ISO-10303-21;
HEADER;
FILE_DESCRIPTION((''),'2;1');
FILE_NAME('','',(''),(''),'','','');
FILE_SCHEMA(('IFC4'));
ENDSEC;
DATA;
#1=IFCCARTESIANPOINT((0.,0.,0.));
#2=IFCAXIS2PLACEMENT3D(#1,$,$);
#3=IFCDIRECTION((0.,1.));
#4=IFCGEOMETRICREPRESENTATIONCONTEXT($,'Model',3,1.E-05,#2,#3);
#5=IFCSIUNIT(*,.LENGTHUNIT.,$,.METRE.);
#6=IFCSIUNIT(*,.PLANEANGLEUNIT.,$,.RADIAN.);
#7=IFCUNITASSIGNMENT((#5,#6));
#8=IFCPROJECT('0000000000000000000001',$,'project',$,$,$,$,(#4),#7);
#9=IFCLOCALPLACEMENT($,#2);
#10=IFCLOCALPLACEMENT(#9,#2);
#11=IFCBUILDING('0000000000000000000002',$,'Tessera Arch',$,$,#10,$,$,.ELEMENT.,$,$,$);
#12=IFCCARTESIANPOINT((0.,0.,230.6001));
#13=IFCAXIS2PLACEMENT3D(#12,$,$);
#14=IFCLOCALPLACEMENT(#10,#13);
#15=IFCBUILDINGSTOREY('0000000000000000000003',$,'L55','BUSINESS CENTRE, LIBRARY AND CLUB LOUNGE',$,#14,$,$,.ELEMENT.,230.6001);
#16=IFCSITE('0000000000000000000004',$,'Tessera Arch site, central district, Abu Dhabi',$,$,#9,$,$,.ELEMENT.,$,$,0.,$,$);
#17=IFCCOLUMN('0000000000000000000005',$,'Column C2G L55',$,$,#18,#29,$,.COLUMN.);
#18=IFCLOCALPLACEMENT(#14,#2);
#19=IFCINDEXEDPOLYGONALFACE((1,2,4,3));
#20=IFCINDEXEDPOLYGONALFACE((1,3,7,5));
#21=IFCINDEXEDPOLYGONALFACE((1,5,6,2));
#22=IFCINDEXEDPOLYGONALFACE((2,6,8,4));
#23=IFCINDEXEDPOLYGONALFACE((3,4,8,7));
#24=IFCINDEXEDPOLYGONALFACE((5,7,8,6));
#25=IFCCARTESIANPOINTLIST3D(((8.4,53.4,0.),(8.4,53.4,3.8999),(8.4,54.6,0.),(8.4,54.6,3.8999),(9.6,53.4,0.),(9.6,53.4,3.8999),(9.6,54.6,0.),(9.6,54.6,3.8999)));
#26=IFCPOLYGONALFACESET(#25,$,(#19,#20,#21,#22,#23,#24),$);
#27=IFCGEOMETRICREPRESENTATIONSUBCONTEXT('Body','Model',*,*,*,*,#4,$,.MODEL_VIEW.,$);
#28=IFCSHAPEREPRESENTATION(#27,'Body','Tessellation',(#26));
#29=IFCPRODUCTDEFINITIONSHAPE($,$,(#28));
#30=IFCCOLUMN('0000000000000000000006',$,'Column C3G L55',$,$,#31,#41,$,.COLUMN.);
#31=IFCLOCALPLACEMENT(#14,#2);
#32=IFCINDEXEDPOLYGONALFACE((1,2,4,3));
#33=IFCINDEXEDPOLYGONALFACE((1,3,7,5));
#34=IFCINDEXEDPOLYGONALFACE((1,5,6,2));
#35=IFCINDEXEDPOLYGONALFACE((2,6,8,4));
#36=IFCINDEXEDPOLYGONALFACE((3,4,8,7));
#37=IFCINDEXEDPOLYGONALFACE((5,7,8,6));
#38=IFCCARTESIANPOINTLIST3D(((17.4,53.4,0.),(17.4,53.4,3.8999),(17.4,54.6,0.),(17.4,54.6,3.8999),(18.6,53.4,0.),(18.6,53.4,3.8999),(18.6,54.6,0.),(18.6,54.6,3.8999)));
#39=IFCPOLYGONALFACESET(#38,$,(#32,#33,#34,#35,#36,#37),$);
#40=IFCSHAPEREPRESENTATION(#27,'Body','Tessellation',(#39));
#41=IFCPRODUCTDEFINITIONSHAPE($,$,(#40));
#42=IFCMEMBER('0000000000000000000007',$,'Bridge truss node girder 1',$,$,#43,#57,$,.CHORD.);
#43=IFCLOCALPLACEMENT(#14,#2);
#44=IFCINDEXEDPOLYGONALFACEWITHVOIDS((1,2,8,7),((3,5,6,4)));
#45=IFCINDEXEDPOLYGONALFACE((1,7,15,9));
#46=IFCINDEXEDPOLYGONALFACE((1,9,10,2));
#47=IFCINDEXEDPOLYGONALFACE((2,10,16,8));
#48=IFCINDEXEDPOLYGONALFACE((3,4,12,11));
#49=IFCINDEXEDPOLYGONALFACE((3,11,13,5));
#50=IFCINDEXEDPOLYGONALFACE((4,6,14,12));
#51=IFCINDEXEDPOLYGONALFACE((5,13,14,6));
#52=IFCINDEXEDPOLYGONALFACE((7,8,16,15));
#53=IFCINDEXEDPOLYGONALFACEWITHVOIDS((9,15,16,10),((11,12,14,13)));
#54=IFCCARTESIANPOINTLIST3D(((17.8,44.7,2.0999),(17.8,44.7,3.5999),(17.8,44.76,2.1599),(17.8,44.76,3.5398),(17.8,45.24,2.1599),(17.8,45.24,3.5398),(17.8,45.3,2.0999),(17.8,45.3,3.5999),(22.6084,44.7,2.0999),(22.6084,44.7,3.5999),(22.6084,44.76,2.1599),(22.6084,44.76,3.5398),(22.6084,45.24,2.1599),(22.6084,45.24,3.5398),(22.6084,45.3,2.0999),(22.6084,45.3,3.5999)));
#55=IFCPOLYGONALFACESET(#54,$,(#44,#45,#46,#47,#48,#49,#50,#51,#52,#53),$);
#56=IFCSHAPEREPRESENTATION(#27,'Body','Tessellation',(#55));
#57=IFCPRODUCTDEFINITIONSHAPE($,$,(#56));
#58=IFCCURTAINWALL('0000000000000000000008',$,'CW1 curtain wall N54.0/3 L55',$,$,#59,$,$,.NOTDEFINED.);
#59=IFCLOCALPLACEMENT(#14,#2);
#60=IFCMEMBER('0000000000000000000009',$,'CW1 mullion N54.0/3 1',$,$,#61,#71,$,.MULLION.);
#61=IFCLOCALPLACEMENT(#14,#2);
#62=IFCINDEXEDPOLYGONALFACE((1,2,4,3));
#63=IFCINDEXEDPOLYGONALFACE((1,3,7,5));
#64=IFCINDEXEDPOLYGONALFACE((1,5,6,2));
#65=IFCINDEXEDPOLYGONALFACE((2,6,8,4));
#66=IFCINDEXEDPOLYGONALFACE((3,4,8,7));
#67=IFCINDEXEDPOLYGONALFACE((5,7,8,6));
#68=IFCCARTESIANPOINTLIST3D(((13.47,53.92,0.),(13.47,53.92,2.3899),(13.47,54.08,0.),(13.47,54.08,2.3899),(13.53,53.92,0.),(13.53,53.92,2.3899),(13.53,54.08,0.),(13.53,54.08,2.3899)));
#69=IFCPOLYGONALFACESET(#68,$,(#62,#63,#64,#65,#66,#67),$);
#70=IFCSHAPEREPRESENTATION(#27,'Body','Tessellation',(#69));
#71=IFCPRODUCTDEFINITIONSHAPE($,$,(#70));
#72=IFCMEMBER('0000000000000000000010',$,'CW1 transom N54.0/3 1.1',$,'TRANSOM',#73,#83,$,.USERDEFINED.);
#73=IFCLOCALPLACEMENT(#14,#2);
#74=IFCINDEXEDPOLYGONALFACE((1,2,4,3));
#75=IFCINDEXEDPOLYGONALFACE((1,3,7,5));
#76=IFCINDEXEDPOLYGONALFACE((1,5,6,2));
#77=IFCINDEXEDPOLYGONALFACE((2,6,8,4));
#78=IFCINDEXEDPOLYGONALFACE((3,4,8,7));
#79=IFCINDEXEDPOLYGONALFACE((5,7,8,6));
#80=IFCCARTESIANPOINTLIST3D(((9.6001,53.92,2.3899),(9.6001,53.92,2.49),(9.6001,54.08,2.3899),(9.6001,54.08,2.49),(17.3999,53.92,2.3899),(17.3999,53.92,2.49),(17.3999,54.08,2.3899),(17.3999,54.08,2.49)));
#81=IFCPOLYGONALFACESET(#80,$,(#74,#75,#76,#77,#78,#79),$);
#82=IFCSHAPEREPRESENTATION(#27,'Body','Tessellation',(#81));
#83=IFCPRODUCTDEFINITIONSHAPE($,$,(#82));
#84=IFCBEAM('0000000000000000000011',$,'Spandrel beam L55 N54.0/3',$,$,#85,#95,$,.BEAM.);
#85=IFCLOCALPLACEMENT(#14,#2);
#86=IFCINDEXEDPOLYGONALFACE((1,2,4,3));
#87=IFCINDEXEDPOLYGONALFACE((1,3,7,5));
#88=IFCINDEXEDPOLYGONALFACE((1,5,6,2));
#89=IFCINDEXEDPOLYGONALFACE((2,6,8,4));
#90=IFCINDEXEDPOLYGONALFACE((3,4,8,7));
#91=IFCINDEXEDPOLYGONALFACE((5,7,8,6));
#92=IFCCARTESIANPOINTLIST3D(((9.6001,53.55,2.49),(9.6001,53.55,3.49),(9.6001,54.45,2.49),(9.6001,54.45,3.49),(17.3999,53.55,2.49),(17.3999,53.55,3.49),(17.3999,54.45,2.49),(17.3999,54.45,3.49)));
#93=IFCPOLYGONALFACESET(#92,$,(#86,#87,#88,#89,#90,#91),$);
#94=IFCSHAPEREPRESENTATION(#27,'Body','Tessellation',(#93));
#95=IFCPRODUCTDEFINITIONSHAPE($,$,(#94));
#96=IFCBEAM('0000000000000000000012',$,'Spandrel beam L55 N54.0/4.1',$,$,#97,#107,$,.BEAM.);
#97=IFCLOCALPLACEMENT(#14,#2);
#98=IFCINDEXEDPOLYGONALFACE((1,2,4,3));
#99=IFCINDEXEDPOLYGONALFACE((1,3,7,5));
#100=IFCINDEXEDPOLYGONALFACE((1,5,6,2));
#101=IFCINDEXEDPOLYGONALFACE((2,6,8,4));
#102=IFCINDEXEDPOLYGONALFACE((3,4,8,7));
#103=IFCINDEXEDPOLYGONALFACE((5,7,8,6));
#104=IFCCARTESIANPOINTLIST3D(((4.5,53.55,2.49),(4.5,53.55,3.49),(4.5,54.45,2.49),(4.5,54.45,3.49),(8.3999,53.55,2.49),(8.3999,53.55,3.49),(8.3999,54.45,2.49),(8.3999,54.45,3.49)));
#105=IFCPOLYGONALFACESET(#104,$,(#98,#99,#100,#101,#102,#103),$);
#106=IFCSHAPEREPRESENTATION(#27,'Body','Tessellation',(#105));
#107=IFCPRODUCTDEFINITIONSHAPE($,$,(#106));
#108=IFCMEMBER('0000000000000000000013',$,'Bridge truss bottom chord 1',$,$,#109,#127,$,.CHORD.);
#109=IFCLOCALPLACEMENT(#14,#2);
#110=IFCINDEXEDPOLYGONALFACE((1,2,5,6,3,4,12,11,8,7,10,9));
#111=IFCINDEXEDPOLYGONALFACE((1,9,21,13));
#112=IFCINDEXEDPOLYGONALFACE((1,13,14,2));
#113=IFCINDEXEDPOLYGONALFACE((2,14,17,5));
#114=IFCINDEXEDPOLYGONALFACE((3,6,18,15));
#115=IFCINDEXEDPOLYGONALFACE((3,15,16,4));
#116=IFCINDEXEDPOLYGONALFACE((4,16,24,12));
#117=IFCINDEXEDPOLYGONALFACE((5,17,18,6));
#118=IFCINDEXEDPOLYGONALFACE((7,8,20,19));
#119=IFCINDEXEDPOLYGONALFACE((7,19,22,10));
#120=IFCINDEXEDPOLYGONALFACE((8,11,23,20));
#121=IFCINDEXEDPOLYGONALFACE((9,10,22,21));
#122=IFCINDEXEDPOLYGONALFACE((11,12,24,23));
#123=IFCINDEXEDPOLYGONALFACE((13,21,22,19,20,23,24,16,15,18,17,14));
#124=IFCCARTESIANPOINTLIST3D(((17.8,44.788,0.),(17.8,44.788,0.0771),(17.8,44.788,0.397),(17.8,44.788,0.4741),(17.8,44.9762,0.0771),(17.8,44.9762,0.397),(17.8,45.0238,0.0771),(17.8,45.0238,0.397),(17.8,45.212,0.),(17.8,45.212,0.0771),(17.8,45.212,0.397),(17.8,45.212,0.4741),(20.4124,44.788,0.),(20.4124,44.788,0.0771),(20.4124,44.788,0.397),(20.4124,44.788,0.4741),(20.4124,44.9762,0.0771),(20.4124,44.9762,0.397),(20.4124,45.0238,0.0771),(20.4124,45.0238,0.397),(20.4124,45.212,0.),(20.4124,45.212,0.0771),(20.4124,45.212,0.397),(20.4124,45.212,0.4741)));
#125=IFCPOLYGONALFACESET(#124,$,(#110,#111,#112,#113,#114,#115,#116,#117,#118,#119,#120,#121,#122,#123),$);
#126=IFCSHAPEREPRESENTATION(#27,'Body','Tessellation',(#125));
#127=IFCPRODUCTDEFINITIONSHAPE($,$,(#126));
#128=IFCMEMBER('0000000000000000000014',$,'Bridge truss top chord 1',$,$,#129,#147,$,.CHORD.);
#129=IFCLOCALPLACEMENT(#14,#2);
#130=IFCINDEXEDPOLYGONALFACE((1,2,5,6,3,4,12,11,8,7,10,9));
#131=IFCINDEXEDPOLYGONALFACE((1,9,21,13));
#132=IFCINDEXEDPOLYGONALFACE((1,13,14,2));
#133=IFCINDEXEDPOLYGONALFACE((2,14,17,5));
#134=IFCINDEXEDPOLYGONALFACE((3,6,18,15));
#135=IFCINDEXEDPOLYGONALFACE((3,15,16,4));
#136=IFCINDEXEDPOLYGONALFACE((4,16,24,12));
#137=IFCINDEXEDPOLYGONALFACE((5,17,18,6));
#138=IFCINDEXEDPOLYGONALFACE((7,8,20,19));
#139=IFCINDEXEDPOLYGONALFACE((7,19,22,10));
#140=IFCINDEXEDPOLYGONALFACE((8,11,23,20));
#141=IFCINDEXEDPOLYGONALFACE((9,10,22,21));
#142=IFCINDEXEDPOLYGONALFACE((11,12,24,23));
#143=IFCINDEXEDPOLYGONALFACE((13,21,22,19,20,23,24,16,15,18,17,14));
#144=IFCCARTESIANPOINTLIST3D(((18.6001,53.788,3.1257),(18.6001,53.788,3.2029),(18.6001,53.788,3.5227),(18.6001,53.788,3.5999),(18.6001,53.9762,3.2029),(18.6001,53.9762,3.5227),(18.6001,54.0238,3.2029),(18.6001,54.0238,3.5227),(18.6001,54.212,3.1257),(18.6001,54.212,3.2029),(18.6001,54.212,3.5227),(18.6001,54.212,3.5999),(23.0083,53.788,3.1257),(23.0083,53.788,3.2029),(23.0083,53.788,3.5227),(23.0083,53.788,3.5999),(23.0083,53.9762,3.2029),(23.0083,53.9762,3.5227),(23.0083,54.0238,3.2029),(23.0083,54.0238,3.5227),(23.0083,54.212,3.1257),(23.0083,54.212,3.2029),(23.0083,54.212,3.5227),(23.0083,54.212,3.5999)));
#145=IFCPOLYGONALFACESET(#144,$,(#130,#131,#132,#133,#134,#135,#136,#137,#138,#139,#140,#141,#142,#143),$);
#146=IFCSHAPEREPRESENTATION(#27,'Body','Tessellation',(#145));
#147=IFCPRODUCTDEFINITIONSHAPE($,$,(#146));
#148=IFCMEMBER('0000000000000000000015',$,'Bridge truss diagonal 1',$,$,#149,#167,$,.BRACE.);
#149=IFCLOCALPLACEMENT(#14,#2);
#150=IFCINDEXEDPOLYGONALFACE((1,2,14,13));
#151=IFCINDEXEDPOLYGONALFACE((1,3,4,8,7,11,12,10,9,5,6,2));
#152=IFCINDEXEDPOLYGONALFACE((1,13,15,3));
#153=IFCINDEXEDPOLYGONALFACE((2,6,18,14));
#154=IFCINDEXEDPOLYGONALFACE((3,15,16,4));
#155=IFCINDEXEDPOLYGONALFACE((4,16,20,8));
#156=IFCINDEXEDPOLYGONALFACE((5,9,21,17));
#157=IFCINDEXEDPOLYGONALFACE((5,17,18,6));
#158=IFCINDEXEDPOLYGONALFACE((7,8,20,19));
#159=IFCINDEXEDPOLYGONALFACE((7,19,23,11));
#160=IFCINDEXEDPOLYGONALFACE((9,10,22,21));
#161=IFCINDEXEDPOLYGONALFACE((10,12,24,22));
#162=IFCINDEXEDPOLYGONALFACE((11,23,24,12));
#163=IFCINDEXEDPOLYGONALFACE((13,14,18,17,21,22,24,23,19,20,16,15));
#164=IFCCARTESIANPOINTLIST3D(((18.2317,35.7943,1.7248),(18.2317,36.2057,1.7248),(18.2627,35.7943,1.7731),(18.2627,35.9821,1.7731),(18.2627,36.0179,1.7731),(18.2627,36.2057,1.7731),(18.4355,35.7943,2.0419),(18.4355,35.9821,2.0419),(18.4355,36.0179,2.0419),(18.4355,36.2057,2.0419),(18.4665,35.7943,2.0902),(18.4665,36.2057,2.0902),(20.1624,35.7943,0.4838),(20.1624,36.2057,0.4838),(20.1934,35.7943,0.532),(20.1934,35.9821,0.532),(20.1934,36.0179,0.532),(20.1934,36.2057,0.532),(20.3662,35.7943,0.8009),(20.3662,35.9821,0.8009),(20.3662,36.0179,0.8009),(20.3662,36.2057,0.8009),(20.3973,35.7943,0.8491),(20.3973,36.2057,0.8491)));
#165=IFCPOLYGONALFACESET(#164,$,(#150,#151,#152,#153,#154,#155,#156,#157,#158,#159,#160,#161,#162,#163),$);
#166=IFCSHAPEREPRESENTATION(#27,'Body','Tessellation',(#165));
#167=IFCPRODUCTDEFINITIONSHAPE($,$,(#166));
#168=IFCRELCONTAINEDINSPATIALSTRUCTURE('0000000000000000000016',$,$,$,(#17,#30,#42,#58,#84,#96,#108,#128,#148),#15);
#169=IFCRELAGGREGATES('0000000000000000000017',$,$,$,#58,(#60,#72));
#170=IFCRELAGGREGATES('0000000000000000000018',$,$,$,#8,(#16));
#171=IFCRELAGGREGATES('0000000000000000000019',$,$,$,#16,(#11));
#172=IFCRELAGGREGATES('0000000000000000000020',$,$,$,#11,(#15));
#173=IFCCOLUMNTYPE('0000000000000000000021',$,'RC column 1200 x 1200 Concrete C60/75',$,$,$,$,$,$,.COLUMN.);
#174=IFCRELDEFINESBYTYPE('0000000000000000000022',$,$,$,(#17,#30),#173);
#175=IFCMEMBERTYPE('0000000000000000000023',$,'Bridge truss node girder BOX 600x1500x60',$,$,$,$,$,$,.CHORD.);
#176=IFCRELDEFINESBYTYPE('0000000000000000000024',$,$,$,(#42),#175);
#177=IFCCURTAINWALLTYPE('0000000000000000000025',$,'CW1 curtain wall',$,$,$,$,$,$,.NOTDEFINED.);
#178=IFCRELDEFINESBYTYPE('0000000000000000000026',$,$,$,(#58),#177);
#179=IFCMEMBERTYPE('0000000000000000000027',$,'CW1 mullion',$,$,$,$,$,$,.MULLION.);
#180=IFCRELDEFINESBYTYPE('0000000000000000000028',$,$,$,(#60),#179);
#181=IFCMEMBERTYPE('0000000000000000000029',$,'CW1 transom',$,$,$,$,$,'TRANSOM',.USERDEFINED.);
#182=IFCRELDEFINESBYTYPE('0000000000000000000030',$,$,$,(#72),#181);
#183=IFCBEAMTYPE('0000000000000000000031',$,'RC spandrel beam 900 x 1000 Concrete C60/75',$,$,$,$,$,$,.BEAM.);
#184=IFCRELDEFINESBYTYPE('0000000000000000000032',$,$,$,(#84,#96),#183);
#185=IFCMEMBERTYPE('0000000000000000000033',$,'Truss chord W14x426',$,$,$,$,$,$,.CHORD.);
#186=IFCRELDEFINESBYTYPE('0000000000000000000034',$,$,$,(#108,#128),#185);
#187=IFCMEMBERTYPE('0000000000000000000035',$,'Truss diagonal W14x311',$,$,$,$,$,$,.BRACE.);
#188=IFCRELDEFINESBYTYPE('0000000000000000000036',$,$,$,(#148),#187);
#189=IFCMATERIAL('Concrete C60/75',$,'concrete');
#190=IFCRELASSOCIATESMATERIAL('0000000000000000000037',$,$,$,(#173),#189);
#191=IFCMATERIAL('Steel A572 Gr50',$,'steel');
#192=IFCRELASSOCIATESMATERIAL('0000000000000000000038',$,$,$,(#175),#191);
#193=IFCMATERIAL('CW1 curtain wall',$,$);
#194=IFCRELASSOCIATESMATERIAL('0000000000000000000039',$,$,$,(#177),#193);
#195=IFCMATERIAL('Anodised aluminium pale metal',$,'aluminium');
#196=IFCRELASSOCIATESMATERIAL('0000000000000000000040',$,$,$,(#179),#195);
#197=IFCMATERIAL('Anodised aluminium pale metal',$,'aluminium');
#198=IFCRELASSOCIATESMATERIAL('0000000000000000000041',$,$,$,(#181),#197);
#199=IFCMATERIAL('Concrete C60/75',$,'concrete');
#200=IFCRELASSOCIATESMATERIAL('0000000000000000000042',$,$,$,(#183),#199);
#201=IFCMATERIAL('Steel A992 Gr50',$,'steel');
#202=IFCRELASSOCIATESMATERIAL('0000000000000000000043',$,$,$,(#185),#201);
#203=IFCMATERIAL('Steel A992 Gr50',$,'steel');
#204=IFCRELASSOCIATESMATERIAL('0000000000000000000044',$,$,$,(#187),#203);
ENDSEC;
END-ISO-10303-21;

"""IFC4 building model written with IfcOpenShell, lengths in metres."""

from ifc_helpers import new_model, si_unit, direction, frame, origin, origin_2d, place, context, subcontext, project, spatial, rectangle, hollow_rectangle, i_section, extrude, material, material_profile, profile_set, type_object, element, aggregate, save


model = new_model("IFC4")

# Units and contexts
model_context = context("Model", 3, precision=1e-05, world=origin(), true_north=direction((0.0, 1.0)))
body_context = subcontext(model_context, "Body", "Model", "MODEL_VIEW")
ifc_project = project(units=[si_unit("LENGTHUNIT", "METRE"), si_unit("PLANEANGLEUNIT", "RADIAN")], contexts=[model_context])

# Site, building, storey
site_placement = place(None, origin())
site = spatial("IfcSite", under=ifc_project, at=site_placement, Name="Tessera Arch site, central district, Abu Dhabi", CompositionType="ELEMENT", RefElevation=0.0)
building_placement = place(site_placement, origin())
building = spatial("IfcBuilding", under=site, at=building_placement, Name="Tessera Arch", CompositionType="ELEMENT")
storey_placement = place(building_placement, frame((0.0, 0.0, 230.6001)))
storey = spatial("IfcBuildingStorey", under=building, at=storey_placement, Name="L55", Description="BUSINESS CENTRE, LIBRARY AND CLUB LOUNGE", CompositionType="ELEMENT", Elevation=230.6001)

# Columns
ifc_material_1 = material(Name="Concrete C60/75", Category="concrete")
ifc_material_profile_1 = material_profile(ifc_material_1, rectangle(XDim=1.2, YDim=1.2, at=origin_2d()), Name="RC column 1200 x 1200 Concrete C60/75")
ifc_profile_set_1 = profile_set([ifc_material_profile_1], Name="Concrete C60/75")
column_type = type_object("IfcColumnType", Name="RC column 1200 x 1200 Concrete C60/75", PredefinedType="COLUMN", material=ifc_profile_set_1)
for number, where, z_axis, x_axis, name in (
    (1, (9.0, 54.0, 0.0), (0.0, 0.0, 1.0), (1.0, 0.0, 0.0), "Column C2G L55"),
    (2, (18.0, 54.0, 0.0), (0.0, 0.0, 1.0), (1.0, 0.0, 0.0), "Column C3G L55"),
):
    element("IfcColumn", number, at=place(storey_placement, frame(where, z_axis=z_axis, x_axis=x_axis)), inside=storey, type_object=column_type, Name=name, PredefinedType="COLUMN", context=body_context, shape_type="SweptSolid", body=[
        extrude(rectangle(XDim=1.2, YDim=1.2, at=origin_2d()), origin(), (0.0, 0.0, 1.0), 3.8999),
    ])

# Member
ifc_material_2 = material(Name="Steel A572 Gr50", Category="steel")
ifc_material_profile_2 = material_profile(ifc_material_2, hollow_rectangle(XDim=0.6001, YDim=1.5, WallThickness=0.0601, at=origin_2d()), Name="BOX 600x1500x60")
ifc_profile_set_2 = profile_set([ifc_material_profile_2], Name="Steel A572 Gr50")
member_type_1 = type_object("IfcMemberType", Name="Bridge truss node girder BOX 600x1500x60", PredefinedType="CHORD", material=ifc_profile_set_2)
member_1_placement = place(storey_placement, frame((17.8, 45.0, 2.8499), z_axis=(1.0, 0.0, 0.0), x_axis=(0.0, 1.0, 0.0)))
element("IfcMember", 3, at=member_1_placement, inside=storey, type_object=member_type_1, Name="Bridge truss node girder 1", PredefinedType="CHORD", context=body_context, shape_type="SweptSolid", body=[
    extrude(hollow_rectangle(XDim=0.6001, YDim=1.5, WallThickness=0.0601, at=origin_2d()), origin(), (0.0, 0.0, 1.0), 4.8083),
])

# Curtain wall, members
ifc_material_3 = material(Name="CW1 curtain wall")
curtain_wall_type = type_object("IfcCurtainWallType", Name="CW1 curtain wall", PredefinedType="NOTDEFINED", material=ifc_material_3)
curtain_wall_placement = place(storey_placement, origin())
curtain_wall = element("IfcCurtainWall", 4, at=curtain_wall_placement, inside=storey, type_object=curtain_wall_type, Name="CW1 curtain wall N54.0/3 L55", PredefinedType="NOTDEFINED")
ifc_material_4 = material(Name="Anodised aluminium pale metal", Category="aluminium")
ifc_material_profile_3 = material_profile(ifc_material_4, rectangle(XDim=0.1599, YDim=0.0601, at=origin_2d()), Name="AL 60x160")
ifc_profile_set_3 = profile_set([ifc_material_profile_3], Name="Anodised aluminium pale metal")
member_type_2 = type_object("IfcMemberType", Name="CW1 mullion", PredefinedType="MULLION", material=ifc_profile_set_3)
member_2_placement = place(storey_placement, frame((13.5, 54.0, 0.0), z_axis=(0.0, 0.0, 1.0), x_axis=(0.0, -1.0, 0.0)))
member_2 = element("IfcMember", 5, at=member_2_placement, type_object=member_type_2, Name="CW1 mullion N54.0/3 1", PredefinedType="MULLION", context=body_context, shape_type="SweptSolid", body=[
    extrude(rectangle(XDim=0.1599, YDim=0.0601, at=origin_2d()), origin(), (0.0, 0.0, 1.0), 2.3899),
])
ifc_material_5 = material(Name="Anodised aluminium pale metal", Category="aluminium")
ifc_material_profile_4 = material_profile(ifc_material_5, rectangle(XDim=0.1599, YDim=0.1001, at=origin_2d()), Name="AL 160x100")
ifc_profile_set_4 = profile_set([ifc_material_profile_4], Name="Anodised aluminium pale metal")
member_type_3 = type_object("IfcMemberType", Name="CW1 transom", ElementType="TRANSOM", PredefinedType="USERDEFINED", material=ifc_profile_set_4)
member_3_placement = place(storey_placement, frame((17.3999, 54.0, 2.4399), z_axis=(-1.0, 0.0, 0.0), x_axis=(0.0, -1.0, 0.0)))
member_3 = element("IfcMember", 6, at=member_3_placement, type_object=member_type_3, Name="CW1 transom N54.0/3 1.1", ObjectType="TRANSOM", PredefinedType="USERDEFINED", context=body_context, shape_type="SweptSolid", body=[
    extrude(rectangle(XDim=0.1599, YDim=0.1001, at=origin_2d()), origin(), (0.0, 0.0, 1.0), 7.7998),
])

# Beams
ifc_material_6 = material(Name="Concrete C60/75", Category="concrete")
ifc_material_profile_5 = material_profile(ifc_material_6, rectangle(XDim=0.8999, YDim=1.0, at=origin_2d()), Name="RC spandrel beam 900 x 1000 Concrete C60/75")
ifc_profile_set_5 = profile_set([ifc_material_profile_5], Name="Concrete C60/75")
beam_type = type_object("IfcBeamType", Name="RC spandrel beam 900 x 1000 Concrete C60/75", PredefinedType="BEAM", material=ifc_profile_set_5)
beam_1_placement = place(storey_placement, frame((17.3999, 54.0, 2.99), z_axis=(-1.0, 0.0, 0.0), x_axis=(0.0, -1.0, 0.0)))
element("IfcBeam", 7, at=beam_1_placement, inside=storey, type_object=beam_type, Name="Spandrel beam L55 N54.0/3", PredefinedType="BEAM", context=body_context, shape_type="SweptSolid", body=[
    extrude(rectangle(XDim=0.8999, YDim=1.0, at=origin_2d()), origin(), (0.0, 0.0, 1.0), 7.7998),
])
beam_2_placement = place(storey_placement, frame((8.3999, 54.0, 2.99), z_axis=(-1.0, 0.0, 0.0), x_axis=(0.0, -1.0, 0.0)))
element("IfcBeam", 8, at=beam_2_placement, inside=storey, type_object=beam_type, Name="Spandrel beam L55 N54.0/4.1", PredefinedType="BEAM", context=body_context, shape_type="SweptSolid", body=[
    extrude(rectangle(XDim=0.8999, YDim=1.0, at=origin_2d()), origin(), (0.0, 0.0, 1.0), 3.8999),
])

# Members
ifc_material_7 = material(Name="Steel A992 Gr50", Category="steel")
ifc_material_profile_6 = material_profile(ifc_material_7, i_section(OverallWidth=0.4241, OverallDepth=0.4741, WebThickness=0.0476, FlangeThickness=0.0771, at=origin_2d()), Name="W14x426")
ifc_profile_set_6 = profile_set([ifc_material_profile_6], Name="Steel A992 Gr50")
member_type_4 = type_object("IfcMemberType", Name="Truss chord W14x426", PredefinedType="CHORD", material=ifc_profile_set_6)
member_4_placement = place(storey_placement, frame((17.8, 45.0, 0.2371), z_axis=(1.0, 0.0, 0.0), x_axis=(0.0, 1.0, 0.0)))
element("IfcMember", 9, at=member_4_placement, inside=storey, type_object=member_type_4, Name="Bridge truss bottom chord 1", PredefinedType="CHORD", context=body_context, shape_type="SweptSolid", body=[
    extrude(i_section(OverallWidth=0.4241, OverallDepth=0.4741, WebThickness=0.0476, FlangeThickness=0.0771, at=origin_2d()), origin(), (0.0, 0.0, 1.0), 2.6123),
])
member_5_placement = place(storey_placement, frame((18.6001, 54.0, 3.3628), z_axis=(1.0, 0.0, 0.0), x_axis=(0.0, 1.0, 0.0)))
element("IfcMember", 10, at=member_5_placement, inside=storey, type_object=member_type_4, Name="Bridge truss top chord 1", PredefinedType="CHORD", context=body_context, shape_type="SweptSolid", body=[
    extrude(i_section(OverallWidth=0.4241, OverallDepth=0.4741, WebThickness=0.0476, FlangeThickness=0.0771, at=origin_2d()), origin(), (0.0, 0.0, 1.0), 4.4082),
])
ifc_material_8 = material(Name="Steel A992 Gr50", Category="steel")
ifc_material_profile_7 = material_profile(ifc_material_8, i_section(OverallWidth=0.4114, OverallDepth=0.4343, WebThickness=0.0359, FlangeThickness=0.0574, at=origin_2d()), Name="W14x311")
ifc_profile_set_7 = profile_set([ifc_material_profile_7], Name="Steel A992 Gr50")
member_type_5 = type_object("IfcMemberType", Name="Truss diagonal W14x311", PredefinedType="BRACE", material=ifc_profile_set_7)
for number, where, z_axis, x_axis, name in (
    (11, (18.3491, 36.0, 1.9075), (0.841213, 0.0, -0.540704), (0.0, 1.0, 0.0), "Bridge truss diagonal 1"),
):
    element("IfcMember", number, at=place(storey_placement, frame(where, z_axis=z_axis, x_axis=x_axis)), inside=storey, type_object=member_type_5, Name=name, PredefinedType="BRACE", context=body_context, shape_type="SweptSolid", body=[
        extrude(i_section(OverallWidth=0.4114, OverallDepth=0.4343, WebThickness=0.0359, FlangeThickness=0.0574, at=origin_2d()), origin(), (0.0, 0.0, 1.0), 2.2952),
    ])

aggregate(curtain_wall, [member_2, member_3])

save(model, "model.ifc")
